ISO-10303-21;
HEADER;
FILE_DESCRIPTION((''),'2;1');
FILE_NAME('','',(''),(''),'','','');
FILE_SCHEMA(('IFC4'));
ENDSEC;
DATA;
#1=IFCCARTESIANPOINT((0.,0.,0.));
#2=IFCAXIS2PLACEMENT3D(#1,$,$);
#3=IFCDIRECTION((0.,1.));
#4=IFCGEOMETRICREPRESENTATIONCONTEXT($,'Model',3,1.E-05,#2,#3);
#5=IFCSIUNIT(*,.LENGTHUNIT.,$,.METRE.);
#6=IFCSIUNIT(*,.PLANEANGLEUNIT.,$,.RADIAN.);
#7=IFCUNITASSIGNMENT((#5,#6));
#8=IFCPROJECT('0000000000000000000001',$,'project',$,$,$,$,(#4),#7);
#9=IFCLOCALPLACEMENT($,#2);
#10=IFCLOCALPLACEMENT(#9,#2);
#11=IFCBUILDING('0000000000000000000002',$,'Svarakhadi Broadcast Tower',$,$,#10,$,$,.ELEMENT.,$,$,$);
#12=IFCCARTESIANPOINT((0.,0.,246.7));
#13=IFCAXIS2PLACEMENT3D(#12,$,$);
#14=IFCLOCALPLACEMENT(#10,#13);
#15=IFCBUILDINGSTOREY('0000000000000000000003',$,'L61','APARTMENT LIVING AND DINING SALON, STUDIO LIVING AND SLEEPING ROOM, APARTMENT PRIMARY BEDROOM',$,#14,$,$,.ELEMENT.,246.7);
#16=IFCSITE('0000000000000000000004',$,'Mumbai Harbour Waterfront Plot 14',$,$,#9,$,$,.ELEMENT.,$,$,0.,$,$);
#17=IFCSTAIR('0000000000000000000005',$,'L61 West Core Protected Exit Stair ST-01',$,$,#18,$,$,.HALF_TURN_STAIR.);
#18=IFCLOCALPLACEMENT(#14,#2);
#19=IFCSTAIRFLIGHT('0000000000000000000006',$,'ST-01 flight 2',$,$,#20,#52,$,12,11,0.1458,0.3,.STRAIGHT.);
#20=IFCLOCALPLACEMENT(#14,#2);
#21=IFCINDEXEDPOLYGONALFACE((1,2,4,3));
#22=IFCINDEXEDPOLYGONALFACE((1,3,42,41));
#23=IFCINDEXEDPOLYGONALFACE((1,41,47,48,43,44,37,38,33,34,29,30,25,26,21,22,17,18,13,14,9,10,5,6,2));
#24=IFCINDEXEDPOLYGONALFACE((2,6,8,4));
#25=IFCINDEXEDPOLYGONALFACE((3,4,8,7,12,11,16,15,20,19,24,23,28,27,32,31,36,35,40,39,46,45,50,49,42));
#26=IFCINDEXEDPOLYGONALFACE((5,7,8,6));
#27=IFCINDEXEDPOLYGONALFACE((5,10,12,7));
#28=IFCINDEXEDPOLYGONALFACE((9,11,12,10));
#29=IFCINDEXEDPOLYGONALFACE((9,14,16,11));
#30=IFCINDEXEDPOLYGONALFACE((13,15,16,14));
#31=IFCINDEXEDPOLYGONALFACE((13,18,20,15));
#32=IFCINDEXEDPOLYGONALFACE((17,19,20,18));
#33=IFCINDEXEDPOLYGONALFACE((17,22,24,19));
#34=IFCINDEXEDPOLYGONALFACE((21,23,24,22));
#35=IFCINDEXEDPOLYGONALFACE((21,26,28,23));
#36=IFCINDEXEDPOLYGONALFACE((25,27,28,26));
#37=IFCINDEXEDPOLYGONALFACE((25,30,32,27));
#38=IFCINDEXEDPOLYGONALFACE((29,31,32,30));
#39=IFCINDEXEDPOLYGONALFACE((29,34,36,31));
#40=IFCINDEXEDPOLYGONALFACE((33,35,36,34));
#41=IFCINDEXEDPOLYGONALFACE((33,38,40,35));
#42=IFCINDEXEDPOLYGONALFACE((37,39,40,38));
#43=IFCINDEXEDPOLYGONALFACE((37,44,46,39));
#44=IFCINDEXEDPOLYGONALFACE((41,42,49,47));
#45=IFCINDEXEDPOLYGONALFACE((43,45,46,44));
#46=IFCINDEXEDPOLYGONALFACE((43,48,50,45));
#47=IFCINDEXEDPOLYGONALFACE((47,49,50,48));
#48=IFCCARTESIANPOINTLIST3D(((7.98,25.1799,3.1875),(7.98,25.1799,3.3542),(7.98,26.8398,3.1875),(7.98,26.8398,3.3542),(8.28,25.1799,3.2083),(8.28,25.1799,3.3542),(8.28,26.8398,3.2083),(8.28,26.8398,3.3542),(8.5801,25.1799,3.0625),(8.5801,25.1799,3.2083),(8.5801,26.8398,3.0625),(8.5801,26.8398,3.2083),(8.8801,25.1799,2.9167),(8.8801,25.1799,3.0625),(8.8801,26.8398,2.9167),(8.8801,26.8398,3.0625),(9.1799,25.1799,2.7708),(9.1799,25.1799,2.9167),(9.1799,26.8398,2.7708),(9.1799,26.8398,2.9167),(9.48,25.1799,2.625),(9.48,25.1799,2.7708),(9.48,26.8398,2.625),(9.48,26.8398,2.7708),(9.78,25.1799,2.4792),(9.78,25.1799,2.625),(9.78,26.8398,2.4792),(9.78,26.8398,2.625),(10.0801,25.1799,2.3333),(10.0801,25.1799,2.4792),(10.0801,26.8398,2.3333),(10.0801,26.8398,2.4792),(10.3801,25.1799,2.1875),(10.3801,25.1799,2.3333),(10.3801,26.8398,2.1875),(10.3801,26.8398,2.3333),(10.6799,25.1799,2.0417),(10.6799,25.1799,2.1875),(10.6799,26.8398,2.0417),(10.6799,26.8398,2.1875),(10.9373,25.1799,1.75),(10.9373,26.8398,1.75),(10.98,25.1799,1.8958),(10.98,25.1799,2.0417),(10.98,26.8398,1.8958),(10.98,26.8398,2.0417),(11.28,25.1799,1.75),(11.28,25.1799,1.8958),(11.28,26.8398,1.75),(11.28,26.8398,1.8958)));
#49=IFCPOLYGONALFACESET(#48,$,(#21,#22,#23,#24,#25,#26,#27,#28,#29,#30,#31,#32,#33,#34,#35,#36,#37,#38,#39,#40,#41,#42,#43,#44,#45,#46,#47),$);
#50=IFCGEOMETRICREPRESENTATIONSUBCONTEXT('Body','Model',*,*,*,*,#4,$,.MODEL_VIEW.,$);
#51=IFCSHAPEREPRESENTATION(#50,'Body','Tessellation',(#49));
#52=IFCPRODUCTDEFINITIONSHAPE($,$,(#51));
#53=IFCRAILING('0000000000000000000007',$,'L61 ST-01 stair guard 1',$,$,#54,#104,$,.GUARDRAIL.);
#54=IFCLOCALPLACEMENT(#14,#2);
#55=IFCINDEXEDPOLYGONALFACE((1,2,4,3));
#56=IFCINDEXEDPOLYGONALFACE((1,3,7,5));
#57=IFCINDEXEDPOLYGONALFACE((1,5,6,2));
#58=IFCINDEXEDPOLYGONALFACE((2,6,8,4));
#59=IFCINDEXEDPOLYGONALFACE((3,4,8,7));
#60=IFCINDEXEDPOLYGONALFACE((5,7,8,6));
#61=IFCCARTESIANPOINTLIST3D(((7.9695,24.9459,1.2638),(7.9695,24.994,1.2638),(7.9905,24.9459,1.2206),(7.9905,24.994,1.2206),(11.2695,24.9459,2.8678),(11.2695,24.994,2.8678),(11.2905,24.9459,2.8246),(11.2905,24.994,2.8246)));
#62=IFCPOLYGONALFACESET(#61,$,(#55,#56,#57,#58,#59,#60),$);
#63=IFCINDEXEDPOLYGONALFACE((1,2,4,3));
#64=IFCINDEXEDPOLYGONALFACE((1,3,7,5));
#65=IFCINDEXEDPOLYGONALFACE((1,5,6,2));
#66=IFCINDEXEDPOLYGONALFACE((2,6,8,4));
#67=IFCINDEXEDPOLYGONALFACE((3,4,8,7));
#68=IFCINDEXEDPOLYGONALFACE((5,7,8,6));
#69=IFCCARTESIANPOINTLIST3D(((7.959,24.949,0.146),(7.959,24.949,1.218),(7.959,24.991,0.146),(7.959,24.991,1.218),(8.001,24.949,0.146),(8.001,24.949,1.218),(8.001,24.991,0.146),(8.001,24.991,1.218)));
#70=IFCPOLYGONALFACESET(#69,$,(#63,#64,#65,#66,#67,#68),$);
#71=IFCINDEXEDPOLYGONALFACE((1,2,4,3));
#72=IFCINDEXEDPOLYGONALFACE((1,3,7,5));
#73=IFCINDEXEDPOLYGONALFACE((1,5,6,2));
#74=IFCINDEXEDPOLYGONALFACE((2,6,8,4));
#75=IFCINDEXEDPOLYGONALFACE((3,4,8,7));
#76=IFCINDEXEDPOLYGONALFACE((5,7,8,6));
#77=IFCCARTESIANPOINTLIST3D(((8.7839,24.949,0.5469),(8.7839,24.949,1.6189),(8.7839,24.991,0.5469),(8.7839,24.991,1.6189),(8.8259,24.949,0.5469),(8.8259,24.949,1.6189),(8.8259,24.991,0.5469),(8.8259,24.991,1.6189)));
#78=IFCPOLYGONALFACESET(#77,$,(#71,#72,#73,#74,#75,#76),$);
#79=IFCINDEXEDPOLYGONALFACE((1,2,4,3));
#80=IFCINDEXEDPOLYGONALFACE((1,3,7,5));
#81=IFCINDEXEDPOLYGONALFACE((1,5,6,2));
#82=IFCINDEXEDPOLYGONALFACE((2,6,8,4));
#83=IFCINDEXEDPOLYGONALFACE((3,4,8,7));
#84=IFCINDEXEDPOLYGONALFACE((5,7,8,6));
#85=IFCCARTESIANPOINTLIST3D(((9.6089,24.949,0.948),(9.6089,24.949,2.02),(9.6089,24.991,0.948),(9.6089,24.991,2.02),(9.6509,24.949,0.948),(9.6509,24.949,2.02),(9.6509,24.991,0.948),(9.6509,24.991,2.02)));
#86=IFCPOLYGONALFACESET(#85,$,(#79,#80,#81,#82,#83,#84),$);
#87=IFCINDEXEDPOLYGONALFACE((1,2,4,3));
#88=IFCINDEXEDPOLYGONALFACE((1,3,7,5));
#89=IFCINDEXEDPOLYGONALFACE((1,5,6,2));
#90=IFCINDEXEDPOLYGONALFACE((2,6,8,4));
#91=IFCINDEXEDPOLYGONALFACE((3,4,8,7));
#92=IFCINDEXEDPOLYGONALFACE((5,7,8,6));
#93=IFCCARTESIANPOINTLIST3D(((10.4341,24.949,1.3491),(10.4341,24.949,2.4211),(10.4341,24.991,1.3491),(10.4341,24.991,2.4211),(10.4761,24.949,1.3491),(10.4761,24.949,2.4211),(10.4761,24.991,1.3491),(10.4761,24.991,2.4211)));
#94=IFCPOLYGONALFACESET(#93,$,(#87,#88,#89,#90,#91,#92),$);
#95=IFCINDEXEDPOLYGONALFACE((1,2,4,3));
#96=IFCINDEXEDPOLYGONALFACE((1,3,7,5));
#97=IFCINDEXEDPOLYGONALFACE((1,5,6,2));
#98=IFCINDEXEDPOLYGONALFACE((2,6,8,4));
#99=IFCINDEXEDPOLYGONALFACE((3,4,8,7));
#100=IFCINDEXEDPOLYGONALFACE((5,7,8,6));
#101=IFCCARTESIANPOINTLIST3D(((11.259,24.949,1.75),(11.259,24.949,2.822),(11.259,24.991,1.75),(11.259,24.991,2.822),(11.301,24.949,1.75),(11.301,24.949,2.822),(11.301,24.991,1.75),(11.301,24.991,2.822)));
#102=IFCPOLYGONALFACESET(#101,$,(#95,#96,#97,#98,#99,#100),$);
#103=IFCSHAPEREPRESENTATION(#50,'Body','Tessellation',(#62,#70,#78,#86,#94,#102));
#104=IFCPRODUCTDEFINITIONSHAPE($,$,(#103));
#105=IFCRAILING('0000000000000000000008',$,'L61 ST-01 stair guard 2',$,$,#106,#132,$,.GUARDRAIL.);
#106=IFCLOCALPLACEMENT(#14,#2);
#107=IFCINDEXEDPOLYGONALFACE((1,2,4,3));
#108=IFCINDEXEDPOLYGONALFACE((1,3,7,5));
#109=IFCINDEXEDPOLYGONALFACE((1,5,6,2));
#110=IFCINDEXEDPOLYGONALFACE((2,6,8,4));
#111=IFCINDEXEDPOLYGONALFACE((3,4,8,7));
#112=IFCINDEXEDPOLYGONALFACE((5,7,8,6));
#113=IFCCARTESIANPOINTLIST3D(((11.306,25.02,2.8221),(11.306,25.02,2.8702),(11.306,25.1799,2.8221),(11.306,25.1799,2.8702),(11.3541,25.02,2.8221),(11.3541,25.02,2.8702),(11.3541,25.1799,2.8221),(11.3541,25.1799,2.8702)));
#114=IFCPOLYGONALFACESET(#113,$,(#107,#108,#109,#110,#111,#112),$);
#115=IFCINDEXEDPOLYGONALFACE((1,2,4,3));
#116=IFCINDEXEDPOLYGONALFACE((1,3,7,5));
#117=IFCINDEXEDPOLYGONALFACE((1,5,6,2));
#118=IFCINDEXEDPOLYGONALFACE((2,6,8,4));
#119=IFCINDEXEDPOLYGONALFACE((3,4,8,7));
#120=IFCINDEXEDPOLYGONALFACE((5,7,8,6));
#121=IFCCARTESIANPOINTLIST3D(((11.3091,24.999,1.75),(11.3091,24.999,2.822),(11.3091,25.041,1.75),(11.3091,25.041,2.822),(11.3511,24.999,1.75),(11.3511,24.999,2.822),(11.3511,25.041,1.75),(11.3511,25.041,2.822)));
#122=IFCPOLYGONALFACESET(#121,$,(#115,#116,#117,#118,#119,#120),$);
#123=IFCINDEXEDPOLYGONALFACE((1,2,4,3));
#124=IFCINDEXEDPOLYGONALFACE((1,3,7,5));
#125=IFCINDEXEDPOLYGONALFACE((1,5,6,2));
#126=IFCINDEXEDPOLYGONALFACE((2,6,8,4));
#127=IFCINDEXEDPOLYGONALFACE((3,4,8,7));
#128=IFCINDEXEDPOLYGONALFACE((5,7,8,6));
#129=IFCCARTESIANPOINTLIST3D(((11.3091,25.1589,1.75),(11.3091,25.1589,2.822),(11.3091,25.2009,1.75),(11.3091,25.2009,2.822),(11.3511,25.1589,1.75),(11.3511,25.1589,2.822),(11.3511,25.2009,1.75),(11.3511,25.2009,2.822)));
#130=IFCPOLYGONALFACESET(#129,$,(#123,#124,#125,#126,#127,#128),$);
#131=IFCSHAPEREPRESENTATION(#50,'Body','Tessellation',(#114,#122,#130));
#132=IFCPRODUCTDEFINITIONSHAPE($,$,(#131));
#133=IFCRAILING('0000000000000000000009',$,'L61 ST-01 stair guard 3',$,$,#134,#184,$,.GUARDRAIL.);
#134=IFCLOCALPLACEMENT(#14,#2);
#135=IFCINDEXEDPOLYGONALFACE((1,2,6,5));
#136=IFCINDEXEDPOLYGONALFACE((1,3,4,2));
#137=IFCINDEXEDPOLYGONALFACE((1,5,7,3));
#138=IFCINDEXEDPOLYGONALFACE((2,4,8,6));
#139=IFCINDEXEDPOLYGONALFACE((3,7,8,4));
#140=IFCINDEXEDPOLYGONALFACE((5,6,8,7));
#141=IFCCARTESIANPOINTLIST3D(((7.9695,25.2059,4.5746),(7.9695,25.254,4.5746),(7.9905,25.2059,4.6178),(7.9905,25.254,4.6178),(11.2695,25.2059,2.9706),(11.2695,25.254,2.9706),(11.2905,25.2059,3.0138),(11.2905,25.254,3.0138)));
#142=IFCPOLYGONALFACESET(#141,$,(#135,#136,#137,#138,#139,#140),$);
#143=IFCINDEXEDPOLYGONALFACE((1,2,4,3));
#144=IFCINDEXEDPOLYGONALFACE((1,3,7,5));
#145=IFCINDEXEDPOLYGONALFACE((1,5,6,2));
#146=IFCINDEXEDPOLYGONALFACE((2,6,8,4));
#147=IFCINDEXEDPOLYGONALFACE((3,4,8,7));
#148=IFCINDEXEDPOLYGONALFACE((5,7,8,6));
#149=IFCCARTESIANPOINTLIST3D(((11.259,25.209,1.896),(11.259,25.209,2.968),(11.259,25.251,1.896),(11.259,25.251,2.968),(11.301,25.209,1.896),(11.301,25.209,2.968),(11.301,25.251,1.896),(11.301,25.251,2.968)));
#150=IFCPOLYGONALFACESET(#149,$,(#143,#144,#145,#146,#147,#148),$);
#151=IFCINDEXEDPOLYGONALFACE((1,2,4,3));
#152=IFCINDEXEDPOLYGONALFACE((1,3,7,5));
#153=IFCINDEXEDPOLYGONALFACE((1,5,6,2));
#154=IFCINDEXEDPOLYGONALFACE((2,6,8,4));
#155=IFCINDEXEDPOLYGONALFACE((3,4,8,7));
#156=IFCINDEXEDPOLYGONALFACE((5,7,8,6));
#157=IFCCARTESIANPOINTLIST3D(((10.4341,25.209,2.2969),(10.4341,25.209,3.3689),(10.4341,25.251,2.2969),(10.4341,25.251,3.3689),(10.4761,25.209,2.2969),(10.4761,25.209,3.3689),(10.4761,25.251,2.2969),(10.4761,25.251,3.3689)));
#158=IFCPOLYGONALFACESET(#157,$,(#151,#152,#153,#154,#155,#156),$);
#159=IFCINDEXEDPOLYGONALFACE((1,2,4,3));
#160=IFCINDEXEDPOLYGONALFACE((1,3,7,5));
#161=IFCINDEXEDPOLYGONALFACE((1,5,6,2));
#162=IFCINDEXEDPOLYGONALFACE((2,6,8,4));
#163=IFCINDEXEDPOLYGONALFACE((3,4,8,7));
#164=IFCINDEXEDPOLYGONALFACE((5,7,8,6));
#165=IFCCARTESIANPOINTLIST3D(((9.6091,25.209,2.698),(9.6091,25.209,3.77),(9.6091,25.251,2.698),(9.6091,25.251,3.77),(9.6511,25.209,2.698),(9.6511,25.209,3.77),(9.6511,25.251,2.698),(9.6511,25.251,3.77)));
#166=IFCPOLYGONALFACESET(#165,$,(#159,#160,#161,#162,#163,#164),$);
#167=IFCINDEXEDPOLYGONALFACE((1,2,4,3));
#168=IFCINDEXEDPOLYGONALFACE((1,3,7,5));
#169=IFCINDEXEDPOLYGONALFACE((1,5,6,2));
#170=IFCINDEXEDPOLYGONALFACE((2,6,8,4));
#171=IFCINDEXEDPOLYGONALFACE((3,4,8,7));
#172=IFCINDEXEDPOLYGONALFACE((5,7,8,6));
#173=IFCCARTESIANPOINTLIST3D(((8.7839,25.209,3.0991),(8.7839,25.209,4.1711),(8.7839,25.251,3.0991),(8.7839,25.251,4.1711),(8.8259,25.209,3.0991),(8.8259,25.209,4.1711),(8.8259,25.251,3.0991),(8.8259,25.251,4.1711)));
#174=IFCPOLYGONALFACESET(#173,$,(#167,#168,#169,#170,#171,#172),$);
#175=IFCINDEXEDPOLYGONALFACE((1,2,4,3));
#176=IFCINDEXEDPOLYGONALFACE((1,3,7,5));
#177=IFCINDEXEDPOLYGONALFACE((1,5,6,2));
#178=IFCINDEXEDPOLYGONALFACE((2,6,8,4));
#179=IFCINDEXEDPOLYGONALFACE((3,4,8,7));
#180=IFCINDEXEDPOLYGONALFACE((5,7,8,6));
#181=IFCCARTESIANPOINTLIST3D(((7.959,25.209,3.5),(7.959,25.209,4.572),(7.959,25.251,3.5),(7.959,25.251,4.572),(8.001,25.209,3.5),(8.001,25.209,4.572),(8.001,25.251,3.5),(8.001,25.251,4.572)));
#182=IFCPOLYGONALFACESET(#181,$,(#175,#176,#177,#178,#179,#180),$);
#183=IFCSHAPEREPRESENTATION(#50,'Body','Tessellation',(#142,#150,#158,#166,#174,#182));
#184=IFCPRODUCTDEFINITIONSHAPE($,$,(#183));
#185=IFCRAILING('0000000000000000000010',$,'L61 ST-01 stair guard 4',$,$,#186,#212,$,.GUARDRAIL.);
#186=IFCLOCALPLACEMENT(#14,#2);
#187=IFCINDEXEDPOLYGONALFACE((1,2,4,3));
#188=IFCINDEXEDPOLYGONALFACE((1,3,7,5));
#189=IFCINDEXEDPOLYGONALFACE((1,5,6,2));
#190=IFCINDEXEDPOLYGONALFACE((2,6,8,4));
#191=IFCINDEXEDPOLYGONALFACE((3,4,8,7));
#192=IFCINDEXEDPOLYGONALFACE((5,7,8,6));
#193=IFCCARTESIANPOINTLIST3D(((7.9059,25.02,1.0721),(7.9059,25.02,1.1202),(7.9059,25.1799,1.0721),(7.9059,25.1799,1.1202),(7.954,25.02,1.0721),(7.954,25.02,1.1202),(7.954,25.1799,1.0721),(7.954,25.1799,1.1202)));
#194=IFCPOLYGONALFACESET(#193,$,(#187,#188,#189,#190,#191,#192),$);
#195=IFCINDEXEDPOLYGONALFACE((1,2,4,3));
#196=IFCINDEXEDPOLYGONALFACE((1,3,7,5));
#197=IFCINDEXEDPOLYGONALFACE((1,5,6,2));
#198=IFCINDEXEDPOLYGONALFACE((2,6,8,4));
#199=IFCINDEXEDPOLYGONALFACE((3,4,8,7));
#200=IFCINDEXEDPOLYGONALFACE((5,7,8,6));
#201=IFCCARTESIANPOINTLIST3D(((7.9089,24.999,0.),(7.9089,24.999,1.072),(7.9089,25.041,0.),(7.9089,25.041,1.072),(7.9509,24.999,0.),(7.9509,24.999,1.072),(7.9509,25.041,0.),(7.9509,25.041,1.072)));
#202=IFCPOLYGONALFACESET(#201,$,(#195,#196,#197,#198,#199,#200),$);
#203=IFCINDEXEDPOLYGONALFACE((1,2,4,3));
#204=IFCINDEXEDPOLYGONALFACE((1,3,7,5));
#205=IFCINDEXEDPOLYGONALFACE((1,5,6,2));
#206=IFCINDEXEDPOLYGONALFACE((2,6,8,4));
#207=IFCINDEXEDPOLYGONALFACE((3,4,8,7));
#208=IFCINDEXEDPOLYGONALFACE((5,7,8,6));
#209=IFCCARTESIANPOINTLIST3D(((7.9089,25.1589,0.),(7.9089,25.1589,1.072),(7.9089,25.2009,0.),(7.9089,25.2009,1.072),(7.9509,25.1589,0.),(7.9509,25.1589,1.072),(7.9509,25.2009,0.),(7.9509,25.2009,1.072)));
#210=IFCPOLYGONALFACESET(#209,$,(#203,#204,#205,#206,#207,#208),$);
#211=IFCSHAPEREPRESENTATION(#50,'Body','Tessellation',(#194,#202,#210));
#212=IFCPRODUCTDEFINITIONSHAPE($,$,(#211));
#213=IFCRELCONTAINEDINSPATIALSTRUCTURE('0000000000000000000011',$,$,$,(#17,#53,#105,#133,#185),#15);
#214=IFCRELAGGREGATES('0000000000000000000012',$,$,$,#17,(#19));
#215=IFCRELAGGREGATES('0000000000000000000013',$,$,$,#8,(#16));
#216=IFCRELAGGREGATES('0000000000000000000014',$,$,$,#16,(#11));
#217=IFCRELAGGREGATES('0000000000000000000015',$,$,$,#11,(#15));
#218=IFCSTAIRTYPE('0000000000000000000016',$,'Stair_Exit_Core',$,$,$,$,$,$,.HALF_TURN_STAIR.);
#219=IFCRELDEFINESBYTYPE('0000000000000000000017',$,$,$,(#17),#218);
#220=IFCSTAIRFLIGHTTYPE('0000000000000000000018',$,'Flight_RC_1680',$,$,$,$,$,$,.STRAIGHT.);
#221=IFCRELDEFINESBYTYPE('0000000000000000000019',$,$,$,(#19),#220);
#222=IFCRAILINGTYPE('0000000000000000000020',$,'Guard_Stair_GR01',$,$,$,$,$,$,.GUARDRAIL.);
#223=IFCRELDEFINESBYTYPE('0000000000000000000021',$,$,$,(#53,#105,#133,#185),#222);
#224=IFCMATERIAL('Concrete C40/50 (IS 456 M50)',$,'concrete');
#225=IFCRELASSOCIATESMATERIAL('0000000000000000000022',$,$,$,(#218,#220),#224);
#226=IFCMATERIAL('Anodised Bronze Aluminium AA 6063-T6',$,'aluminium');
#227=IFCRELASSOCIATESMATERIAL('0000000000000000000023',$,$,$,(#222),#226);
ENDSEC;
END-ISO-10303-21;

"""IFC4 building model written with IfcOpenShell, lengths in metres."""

from ifc_helpers import new_model, si_unit, direction, frame, origin, origin_2d, place, context, subcontext, project, spatial, polyline, rectangle, outline, extrude, material, type_object, element, aggregate, save


model = new_model("IFC4")

# Units and contexts
model_context = context("Model", 3, precision=1e-05, world=origin(), true_north=direction((0.0, 1.0)))
body_context = subcontext(model_context, "Body", "Model", "MODEL_VIEW")
ifc_project = project(units=[si_unit("LENGTHUNIT", "METRE"), si_unit("PLANEANGLEUNIT", "RADIAN")], contexts=[model_context])

# Site, building, storey
site_placement = place(None, origin())
site = spatial("IfcSite", under=ifc_project, at=site_placement, Name="Mumbai Harbour Waterfront Plot 14", CompositionType="ELEMENT", RefElevation=0.0)
building_placement = place(site_placement, origin())
building = spatial("IfcBuilding", under=site, at=building_placement, Name="Svarakhadi Broadcast Tower", CompositionType="ELEMENT")
storey_placement = place(building_placement, frame((0.0, 0.0, 246.7)))
storey = spatial("IfcBuildingStorey", under=building, at=storey_placement, Name="L61", Description="APARTMENT LIVING AND DINING SALON, STUDIO LIVING AND SLEEPING ROOM, APARTMENT PRIMARY BEDROOM", CompositionType="ELEMENT", Elevation=246.7)

# Shared definitions
ifc_material_1 = material(Name="Anodised Bronze Aluminium AA 6063-T6", Category="aluminium")

# Shared definitions
ifc_material_2 = material(Name="Concrete C40/50 (IS 456 M50)", Category="concrete")

# Stair, stair flight
stair_type = type_object("IfcStairType", Name="Stair_Exit_Core", PredefinedType="HALF_TURN_STAIR", material=ifc_material_2)
stair_placement = place(storey_placement, origin())
stair = element("IfcStair", 1, at=stair_placement, inside=storey, type_object=stair_type, Name="L61 West Core Protected Exit Stair ST-01", PredefinedType="HALF_TURN_STAIR")
stair_flight_type = type_object("IfcStairFlightType", Name="Flight_RC_1680", PredefinedType="STRAIGHT", material=ifc_material_2)
stair_flight_1_placement = place(storey_placement, frame((11.28, 26.01, 1.75), z_axis=(0.0, 0.0, 1.0), x_axis=(-1.0, 0.0, 0.0)))
stair_flight_1 = element("IfcStairFlight", 2, at=stair_flight_1_placement, type_object=stair_flight_type, Name="ST-01 flight 2", NumberOfRisers=12, NumberOfTreads=11, PredefinedType="STRAIGHT", RiserHeight=0.1458, TreadLength=0.3, context=body_context, shape_type="SweptSolid", body=[
    extrude(outline(polyline([(0.0, 0.0), (0.0, 0.1458), (0.3, 0.1458), (0.3, 0.2917), (0.6001, 0.2917), (0.6001, 0.4375), (0.8999, 0.4375), (0.8999, 0.5833), (1.2, 0.5833), (1.2, 0.7292), (1.5, 0.7292), (1.5, 0.875), (1.8, 0.875), (1.8, 1.0208), (2.1001, 1.0208), (2.1001, 1.1667), (2.3999, 1.1667), (2.3999, 1.3125), (2.7, 1.3125), (2.7, 1.4583), (3.0, 1.4583), (3.0, 1.6042), (3.3, 1.6042), (3.3, 1.75), (3.3, 1.4375), (0.3428, 0.0), (0.0, 0.0)])), frame((0.0, 0.8301, 0.0), z_axis=(0.0, -1.0, 0.0), x_axis=(1.0, 0.0, 0.0)), (0.0, 0.0, 1.0), 1.6599),
])
aggregate(stair, [stair_flight_1])

# Railings
railing_type_1 = type_object("IfcRailingType", Name="Guard_Stair_GR01", PredefinedType="GUARDRAIL", material=ifc_material_1)
railing_1_placement = place(storey_placement, frame((7.98, 24.97, 0.146)))
element("IfcRailing", 3, at=railing_1_placement, inside=storey, type_object=railing_type_1, Name="L61 ST-01 stair guard 1", PredefinedType="GUARDRAIL", context=body_context, shape_type="SweptSolid", body=[
    extrude(rectangle(XDim=0.0481, YDim=0.0481, at=origin_2d()), frame((0.0, 0.0, 1.0962), z_axis=(0.899388, 0.0, 0.437152), x_axis=(0.0, 1.0, 0.0)), (0.0, 0.0, 1.0), 3.6692),
    extrude(rectangle(XDim=0.042, YDim=0.042, at=origin_2d()), origin(), (0.0, 0.0, 1.0), 1.072),
    extrude(rectangle(XDim=0.042, YDim=0.042, at=origin_2d()), frame((0.825, 0.0, 0.4009)), (0.0, 0.0, 1.0), 1.072),
    extrude(rectangle(XDim=0.042, YDim=0.042, at=origin_2d()), frame((1.6499, 0.0, 0.802)), (0.0, 0.0, 1.0), 1.072),
    extrude(rectangle(XDim=0.042, YDim=0.042, at=origin_2d()), frame((2.4751, 0.0, 1.2031)), (0.0, 0.0, 1.0), 1.072),
    extrude(rectangle(XDim=0.042, YDim=0.042, at=origin_2d()), frame((3.3, 0.0, 1.604)), (0.0, 0.0, 1.0), 1.072),
])
railing_2_placement = place(storey_placement, frame((11.3301, 25.02, 1.75)))
element("IfcRailing", 4, at=railing_2_placement, inside=storey, type_object=railing_type_1, Name="L61 ST-01 stair guard 2", PredefinedType="GUARDRAIL", context=body_context, shape_type="SweptSolid", body=[
    extrude(rectangle(XDim=0.0481, YDim=0.0481, at=origin_2d()), frame((0.0, 0.0, 1.0962), z_axis=(0.0, 1.0, 0.0), x_axis=(-1.0, 0.0, 0.0)), (0.0, 0.0, 1.0), 0.1599),
    extrude(rectangle(XDim=0.042, YDim=0.042, at=origin_2d()), origin(), (0.0, 0.0, 1.0), 1.072),
    extrude(rectangle(XDim=0.042, YDim=0.042, at=origin_2d()), frame((0.0, 0.1599, 0.0)), (0.0, 0.0, 1.0), 1.072),
])
railing_3_placement = place(storey_placement, frame((11.28, 25.23, 1.896)))
element("IfcRailing", 5, at=railing_3_placement, inside=storey, type_object=railing_type_1, Name="L61 ST-01 stair guard 3", PredefinedType="GUARDRAIL", context=body_context, shape_type="SweptSolid", body=[
    extrude(rectangle(XDim=0.0481, YDim=0.0481, at=origin_2d()), frame((0.0, 0.0, 1.0962), z_axis=(-0.899388, 0.0, 0.437152), x_axis=(0.0, -1.0, 0.0)), (0.0, 0.0, 1.0), 3.6692),
    extrude(rectangle(XDim=0.042, YDim=0.042, at=origin_2d()), origin(), (0.0, 0.0, 1.0), 1.072),
    extrude(rectangle(XDim=0.042, YDim=0.042, at=origin_2d()), frame((-0.825, 0.0, 0.4009)), (0.0, 0.0, 1.0), 1.072),
    extrude(rectangle(XDim=0.042, YDim=0.042, at=origin_2d()), frame((-1.6499, 0.0, 0.802)), (0.0, 0.0, 1.0), 1.072),
    extrude(rectangle(XDim=0.042, YDim=0.042, at=origin_2d()), frame((-2.4751, 0.0, 1.2031)), (0.0, 0.0, 1.0), 1.072),
    extrude(rectangle(XDim=0.042, YDim=0.042, at=origin_2d()), frame((-3.3, 0.0, 1.604)), (0.0, 0.0, 1.0), 1.072),
])
railing_4_placement = place(storey_placement, frame((7.9299, 25.02, 0.0)))
element("IfcRailing", 6, at=railing_4_placement, inside=storey, type_object=railing_type_1, Name="L61 ST-01 stair guard 4", PredefinedType="GUARDRAIL", context=body_context, shape_type="SweptSolid", body=[
    extrude(rectangle(XDim=0.0481, YDim=0.0481, at=origin_2d()), frame((0.0, 0.0, 1.0962), z_axis=(0.0, 1.0, 0.0), x_axis=(-1.0, 0.0, 0.0)), (0.0, 0.0, 1.0), 0.1599),
    extrude(rectangle(XDim=0.042, YDim=0.042, at=origin_2d()), origin(), (0.0, 0.0, 1.0), 1.072),
    extrude(rectangle(XDim=0.042, YDim=0.042, at=origin_2d()), frame((0.0, 0.1599, 0.0)), (0.0, 0.0, 1.0), 1.072),
])

save(model, "model.ifc")
